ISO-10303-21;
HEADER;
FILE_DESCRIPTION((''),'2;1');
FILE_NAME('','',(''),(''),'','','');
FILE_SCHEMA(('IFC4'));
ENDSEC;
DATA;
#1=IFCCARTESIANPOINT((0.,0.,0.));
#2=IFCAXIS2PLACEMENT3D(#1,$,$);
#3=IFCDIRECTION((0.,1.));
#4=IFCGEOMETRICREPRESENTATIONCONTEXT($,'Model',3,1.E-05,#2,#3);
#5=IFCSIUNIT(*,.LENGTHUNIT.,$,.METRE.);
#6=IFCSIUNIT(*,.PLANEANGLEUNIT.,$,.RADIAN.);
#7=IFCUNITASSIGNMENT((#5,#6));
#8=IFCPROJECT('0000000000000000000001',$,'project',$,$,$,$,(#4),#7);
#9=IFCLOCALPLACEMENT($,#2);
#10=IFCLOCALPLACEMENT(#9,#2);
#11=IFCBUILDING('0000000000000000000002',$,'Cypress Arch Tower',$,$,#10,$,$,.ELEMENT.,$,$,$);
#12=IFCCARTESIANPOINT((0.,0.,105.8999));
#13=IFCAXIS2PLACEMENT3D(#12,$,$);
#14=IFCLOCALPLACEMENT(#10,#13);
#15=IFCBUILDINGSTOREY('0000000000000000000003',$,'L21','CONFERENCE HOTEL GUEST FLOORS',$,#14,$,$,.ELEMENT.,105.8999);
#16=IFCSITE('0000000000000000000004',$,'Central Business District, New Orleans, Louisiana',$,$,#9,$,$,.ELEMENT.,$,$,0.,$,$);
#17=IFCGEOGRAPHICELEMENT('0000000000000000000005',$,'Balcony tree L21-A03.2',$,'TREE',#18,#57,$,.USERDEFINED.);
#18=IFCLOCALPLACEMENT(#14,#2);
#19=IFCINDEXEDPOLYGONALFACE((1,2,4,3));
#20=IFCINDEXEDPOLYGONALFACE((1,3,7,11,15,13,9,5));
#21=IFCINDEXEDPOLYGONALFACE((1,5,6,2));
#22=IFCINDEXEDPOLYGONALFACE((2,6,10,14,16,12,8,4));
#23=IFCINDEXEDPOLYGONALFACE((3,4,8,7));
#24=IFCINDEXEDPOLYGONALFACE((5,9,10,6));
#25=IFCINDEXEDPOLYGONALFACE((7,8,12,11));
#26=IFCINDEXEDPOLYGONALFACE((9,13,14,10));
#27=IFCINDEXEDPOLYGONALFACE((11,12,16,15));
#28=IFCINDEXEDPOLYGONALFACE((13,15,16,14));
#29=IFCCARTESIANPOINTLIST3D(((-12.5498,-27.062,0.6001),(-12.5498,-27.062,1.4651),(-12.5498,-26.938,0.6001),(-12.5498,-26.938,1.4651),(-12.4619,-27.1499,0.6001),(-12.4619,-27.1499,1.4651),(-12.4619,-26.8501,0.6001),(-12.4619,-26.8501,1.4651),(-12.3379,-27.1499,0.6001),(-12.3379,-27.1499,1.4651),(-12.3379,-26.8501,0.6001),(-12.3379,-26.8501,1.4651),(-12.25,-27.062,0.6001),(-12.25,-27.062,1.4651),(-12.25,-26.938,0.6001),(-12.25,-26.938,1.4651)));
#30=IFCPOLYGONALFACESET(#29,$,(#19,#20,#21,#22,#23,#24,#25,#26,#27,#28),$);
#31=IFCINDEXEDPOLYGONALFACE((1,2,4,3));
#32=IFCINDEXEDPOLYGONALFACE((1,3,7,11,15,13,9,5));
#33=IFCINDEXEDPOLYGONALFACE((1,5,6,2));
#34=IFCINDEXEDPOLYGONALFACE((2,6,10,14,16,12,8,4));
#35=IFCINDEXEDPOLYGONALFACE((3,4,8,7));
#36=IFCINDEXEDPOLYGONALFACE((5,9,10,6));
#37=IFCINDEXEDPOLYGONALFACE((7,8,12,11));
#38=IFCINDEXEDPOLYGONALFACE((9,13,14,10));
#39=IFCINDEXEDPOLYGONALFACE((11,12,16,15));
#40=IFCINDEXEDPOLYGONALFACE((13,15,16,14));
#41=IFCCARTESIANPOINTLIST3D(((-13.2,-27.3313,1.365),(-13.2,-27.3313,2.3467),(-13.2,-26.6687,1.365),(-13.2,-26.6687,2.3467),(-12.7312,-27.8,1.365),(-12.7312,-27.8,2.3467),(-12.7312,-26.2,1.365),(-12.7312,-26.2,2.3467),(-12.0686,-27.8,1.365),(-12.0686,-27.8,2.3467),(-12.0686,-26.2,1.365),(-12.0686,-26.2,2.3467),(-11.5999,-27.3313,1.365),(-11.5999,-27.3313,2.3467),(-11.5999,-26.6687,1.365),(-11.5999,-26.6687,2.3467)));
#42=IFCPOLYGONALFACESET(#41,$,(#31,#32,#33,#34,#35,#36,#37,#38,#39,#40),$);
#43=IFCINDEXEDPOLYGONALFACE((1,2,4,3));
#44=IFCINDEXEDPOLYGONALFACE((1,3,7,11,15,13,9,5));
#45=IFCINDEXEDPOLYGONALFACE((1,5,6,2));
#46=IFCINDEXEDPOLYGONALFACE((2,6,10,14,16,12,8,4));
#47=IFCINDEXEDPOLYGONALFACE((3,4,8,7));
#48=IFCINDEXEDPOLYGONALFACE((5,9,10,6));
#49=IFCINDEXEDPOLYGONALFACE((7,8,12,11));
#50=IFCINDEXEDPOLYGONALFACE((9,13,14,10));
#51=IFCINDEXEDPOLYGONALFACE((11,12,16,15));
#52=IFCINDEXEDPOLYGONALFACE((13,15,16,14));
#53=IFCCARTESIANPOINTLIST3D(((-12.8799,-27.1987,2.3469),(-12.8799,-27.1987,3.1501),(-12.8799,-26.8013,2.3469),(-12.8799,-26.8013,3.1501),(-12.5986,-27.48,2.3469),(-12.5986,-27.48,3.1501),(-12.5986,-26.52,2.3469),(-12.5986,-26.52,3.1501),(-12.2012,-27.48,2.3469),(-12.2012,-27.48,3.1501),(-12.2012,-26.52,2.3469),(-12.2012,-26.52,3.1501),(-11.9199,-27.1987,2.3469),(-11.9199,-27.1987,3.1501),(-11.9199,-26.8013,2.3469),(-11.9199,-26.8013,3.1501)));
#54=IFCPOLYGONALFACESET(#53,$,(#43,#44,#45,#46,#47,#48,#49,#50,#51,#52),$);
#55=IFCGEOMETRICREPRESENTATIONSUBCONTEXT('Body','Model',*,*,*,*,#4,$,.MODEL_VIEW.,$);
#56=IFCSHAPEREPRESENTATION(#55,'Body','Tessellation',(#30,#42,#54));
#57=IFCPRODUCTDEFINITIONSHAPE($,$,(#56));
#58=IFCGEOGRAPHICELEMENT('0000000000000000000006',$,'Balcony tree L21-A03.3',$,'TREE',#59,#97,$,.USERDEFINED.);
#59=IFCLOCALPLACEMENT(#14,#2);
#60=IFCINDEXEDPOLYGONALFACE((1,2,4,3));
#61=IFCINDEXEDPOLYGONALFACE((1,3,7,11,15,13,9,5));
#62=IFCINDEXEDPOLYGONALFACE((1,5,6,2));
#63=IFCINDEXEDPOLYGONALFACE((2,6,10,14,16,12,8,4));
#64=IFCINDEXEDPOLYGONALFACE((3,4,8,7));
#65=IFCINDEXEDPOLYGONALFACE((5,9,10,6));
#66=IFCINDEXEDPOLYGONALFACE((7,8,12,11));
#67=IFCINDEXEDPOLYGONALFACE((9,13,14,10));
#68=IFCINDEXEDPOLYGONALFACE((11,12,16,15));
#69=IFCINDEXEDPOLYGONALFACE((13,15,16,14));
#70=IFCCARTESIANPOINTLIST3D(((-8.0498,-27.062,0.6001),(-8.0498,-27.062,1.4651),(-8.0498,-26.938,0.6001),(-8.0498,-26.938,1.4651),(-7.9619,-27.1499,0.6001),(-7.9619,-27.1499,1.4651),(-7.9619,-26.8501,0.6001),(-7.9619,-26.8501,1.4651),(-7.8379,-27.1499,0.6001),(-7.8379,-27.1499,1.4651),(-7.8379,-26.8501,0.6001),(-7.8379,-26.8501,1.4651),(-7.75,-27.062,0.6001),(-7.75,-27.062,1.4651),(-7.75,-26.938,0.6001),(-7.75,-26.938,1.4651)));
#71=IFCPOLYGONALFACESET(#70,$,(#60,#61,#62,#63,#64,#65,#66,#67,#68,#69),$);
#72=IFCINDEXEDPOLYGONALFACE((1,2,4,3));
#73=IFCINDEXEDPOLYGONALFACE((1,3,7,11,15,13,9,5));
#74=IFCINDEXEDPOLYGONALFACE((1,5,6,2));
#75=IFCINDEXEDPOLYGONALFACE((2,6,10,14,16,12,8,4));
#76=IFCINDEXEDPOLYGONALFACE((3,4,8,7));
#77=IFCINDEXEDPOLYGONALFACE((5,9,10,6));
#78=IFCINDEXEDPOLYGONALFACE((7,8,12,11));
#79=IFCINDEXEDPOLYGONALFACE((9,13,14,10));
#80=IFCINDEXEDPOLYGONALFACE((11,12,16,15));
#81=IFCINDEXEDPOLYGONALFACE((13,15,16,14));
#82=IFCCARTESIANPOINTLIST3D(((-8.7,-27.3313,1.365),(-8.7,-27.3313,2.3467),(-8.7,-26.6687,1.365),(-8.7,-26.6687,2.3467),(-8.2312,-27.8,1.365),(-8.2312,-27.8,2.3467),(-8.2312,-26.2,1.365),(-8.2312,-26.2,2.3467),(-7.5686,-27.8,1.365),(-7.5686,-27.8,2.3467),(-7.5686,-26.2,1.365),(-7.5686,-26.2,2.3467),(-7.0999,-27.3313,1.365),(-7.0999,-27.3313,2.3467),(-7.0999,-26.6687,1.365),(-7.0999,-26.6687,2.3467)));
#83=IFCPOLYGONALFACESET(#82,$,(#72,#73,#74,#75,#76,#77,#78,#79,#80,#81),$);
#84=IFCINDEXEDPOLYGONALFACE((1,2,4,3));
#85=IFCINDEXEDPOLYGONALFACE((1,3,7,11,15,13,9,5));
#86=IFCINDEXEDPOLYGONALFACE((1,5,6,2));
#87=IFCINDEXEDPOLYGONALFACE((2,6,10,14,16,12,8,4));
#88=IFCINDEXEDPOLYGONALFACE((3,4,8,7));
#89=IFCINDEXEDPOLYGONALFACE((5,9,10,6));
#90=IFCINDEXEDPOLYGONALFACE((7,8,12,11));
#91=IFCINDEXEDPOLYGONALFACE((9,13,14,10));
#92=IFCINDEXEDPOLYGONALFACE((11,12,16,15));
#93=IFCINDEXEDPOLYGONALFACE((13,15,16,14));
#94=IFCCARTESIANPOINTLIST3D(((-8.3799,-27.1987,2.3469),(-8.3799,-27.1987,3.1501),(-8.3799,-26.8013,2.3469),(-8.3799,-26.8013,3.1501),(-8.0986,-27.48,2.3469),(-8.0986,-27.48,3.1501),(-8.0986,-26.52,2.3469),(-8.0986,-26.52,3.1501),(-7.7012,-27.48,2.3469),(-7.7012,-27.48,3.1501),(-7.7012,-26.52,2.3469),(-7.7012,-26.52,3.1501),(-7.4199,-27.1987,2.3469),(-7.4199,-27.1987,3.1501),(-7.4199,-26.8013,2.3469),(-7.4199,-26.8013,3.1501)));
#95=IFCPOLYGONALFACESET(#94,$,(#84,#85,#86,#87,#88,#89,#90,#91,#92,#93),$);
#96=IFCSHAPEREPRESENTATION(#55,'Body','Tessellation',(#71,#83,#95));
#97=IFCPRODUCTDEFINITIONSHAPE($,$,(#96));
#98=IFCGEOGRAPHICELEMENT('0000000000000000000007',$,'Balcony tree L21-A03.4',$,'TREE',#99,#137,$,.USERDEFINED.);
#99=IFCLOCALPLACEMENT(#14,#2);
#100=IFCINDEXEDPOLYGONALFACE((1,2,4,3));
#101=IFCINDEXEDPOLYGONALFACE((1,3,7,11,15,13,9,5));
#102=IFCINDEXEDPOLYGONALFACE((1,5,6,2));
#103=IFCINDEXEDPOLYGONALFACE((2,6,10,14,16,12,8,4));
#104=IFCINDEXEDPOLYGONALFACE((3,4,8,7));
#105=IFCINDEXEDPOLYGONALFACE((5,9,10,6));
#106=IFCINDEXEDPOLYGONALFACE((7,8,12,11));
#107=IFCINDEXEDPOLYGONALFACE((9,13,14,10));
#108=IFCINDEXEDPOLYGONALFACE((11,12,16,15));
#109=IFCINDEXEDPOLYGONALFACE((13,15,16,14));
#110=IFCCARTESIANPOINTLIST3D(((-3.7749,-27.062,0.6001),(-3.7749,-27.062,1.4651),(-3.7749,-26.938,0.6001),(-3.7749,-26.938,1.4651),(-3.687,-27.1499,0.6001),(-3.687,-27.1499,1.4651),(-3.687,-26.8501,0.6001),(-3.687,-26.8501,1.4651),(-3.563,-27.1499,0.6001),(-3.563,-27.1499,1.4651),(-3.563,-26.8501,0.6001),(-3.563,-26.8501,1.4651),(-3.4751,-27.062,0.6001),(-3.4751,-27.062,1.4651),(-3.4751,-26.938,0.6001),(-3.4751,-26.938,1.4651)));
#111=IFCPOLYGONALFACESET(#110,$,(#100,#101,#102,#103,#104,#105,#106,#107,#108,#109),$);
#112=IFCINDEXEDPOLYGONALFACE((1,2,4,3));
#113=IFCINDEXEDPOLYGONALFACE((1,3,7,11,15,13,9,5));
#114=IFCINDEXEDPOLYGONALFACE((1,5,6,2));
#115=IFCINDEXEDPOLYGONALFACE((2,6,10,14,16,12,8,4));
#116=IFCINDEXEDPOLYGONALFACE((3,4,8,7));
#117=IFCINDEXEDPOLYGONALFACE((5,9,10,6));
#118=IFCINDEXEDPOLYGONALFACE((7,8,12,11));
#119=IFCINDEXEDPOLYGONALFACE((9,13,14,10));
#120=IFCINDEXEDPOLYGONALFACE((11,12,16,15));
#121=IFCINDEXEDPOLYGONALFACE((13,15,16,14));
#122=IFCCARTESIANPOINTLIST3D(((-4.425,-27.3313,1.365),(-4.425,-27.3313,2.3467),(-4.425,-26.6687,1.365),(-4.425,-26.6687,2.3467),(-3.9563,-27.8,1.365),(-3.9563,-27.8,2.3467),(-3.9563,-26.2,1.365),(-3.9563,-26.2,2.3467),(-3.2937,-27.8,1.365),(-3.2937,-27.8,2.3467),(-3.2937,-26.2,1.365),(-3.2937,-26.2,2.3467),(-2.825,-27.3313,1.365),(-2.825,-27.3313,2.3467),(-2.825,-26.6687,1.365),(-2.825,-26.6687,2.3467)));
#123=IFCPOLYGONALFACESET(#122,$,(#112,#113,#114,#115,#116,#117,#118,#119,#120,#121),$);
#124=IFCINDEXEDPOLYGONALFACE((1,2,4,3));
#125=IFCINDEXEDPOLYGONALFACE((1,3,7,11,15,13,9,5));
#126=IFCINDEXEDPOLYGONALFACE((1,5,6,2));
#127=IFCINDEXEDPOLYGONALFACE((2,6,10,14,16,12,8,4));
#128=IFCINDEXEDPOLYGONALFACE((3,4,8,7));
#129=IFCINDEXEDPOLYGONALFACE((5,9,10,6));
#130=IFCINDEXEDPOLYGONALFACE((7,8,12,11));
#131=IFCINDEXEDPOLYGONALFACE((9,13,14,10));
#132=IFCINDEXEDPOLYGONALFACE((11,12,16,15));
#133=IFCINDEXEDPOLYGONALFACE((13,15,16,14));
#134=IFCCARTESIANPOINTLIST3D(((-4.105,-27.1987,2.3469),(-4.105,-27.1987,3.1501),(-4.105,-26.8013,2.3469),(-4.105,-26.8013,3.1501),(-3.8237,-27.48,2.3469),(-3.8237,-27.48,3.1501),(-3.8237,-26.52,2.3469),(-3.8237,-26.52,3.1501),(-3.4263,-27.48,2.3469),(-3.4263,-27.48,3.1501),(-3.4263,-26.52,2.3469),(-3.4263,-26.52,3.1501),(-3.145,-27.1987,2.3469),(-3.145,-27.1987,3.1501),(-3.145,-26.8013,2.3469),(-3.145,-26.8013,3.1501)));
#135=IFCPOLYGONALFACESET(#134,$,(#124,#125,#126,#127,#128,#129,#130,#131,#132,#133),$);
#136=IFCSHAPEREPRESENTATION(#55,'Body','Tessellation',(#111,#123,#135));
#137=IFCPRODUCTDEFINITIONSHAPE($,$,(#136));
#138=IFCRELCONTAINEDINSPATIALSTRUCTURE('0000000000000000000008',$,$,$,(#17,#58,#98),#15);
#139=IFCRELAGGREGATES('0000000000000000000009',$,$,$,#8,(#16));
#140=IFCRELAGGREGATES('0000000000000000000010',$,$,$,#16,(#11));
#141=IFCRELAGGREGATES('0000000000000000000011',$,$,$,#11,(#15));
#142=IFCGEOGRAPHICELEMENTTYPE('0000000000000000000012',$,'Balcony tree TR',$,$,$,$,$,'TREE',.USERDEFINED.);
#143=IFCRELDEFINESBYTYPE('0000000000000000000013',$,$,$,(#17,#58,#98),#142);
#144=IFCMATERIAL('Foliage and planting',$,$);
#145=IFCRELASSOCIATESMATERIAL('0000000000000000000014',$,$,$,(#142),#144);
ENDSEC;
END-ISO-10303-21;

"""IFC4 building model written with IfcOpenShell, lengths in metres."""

from ifc_helpers import new_model, si_unit, direction, frame, origin, place, context, subcontext, project, spatial, polyline, outline, extrude, material, type_object, element, save


model = new_model("IFC4")

# Units and contexts
model_context = context("Model", 3, precision=1e-05, world=origin(), true_north=direction((0.0, 1.0)))
body_context = subcontext(model_context, "Body", "Model", "MODEL_VIEW")
ifc_project = project(units=[si_unit("LENGTHUNIT", "METRE"), si_unit("PLANEANGLEUNIT", "RADIAN")], contexts=[model_context])

# Site, building, storey
site_placement = place(None, origin())
site = spatial("IfcSite", under=ifc_project, at=site_placement, Name="Central Business District, New Orleans, Louisiana", CompositionType="ELEMENT", RefElevation=0.0)
building_placement = place(site_placement, origin())
building = spatial("IfcBuilding", under=site, at=building_placement, Name="Cypress Arch Tower", CompositionType="ELEMENT")
storey_placement = place(building_placement, frame((0.0, 0.0, 105.8999)))
storey = spatial("IfcBuildingStorey", under=building, at=storey_placement, Name="L21", Description="CONFERENCE HOTEL GUEST FLOORS", CompositionType="ELEMENT", Elevation=105.8999)

# Geographic elements
ifc_material_1 = material(Name="Foliage and planting")
geographic_element_type = type_object("IfcGeographicElementType", Name="Balcony tree TR", ElementType="TREE", PredefinedType="USERDEFINED", material=ifc_material_1)
for number, where, z_axis, x_axis, name in (
    (1, (-12.3999, -27.0, 0.6001), (0.0, 0.0, 1.0), (1.0, 0.0, 0.0), "Balcony tree L21-A03.2"),
    (2, (-7.8999, -27.0, 0.6001), (0.0, 0.0, 1.0), (1.0, 0.0, 0.0), "Balcony tree L21-A03.3"),
    (3, (-3.625, -27.0, 0.6001), (0.0, 0.0, 1.0), (1.0, 0.0, 0.0), "Balcony tree L21-A03.4"),
):
    element("IfcGeographicElement", number, at=place(storey_placement, frame(where, z_axis=z_axis, x_axis=x_axis)), inside=storey, type_object=geographic_element_type, Name=name, ObjectType="TREE", PredefinedType="USERDEFINED", context=body_context, shape_type="SweptSolid", body=[
        extrude(outline(polyline([(0.1499, 0.062), (0.062, 0.1499), (-0.062, 0.1499), (-0.1499, 0.062), (-0.1499, -0.062), (-0.062, -0.1499), (0.062, -0.1499), (0.1499, -0.062), (0.1499, 0.062)])), origin(), (0.0, 0.0, 1.0), 0.865),
        extrude(outline(polyline([(0.8, 0.3313), (0.3313, 0.8), (-0.3313, 0.8), (-0.8, 0.3313), (-0.8, -0.3313), (-0.3313, -0.8), (0.3313, -0.8), (0.8, -0.3313), (0.8, 0.3313)])), frame((0.0, 0.0, 0.7649)), (0.0, 0.0, 1.0), 0.9817),
        extrude(outline(polyline([(0.48, 0.1987), (0.1987, 0.48), (-0.1987, 0.48), (-0.48, 0.1987), (-0.48, -0.1987), (-0.1987, -0.48), (0.1987, -0.48), (0.48, -0.1987), (0.48, 0.1987)])), frame((0.0, 0.0, 1.7468)), (0.0, 0.0, 1.0), 0.8032),
    ])

save(model, "model.ifc")
